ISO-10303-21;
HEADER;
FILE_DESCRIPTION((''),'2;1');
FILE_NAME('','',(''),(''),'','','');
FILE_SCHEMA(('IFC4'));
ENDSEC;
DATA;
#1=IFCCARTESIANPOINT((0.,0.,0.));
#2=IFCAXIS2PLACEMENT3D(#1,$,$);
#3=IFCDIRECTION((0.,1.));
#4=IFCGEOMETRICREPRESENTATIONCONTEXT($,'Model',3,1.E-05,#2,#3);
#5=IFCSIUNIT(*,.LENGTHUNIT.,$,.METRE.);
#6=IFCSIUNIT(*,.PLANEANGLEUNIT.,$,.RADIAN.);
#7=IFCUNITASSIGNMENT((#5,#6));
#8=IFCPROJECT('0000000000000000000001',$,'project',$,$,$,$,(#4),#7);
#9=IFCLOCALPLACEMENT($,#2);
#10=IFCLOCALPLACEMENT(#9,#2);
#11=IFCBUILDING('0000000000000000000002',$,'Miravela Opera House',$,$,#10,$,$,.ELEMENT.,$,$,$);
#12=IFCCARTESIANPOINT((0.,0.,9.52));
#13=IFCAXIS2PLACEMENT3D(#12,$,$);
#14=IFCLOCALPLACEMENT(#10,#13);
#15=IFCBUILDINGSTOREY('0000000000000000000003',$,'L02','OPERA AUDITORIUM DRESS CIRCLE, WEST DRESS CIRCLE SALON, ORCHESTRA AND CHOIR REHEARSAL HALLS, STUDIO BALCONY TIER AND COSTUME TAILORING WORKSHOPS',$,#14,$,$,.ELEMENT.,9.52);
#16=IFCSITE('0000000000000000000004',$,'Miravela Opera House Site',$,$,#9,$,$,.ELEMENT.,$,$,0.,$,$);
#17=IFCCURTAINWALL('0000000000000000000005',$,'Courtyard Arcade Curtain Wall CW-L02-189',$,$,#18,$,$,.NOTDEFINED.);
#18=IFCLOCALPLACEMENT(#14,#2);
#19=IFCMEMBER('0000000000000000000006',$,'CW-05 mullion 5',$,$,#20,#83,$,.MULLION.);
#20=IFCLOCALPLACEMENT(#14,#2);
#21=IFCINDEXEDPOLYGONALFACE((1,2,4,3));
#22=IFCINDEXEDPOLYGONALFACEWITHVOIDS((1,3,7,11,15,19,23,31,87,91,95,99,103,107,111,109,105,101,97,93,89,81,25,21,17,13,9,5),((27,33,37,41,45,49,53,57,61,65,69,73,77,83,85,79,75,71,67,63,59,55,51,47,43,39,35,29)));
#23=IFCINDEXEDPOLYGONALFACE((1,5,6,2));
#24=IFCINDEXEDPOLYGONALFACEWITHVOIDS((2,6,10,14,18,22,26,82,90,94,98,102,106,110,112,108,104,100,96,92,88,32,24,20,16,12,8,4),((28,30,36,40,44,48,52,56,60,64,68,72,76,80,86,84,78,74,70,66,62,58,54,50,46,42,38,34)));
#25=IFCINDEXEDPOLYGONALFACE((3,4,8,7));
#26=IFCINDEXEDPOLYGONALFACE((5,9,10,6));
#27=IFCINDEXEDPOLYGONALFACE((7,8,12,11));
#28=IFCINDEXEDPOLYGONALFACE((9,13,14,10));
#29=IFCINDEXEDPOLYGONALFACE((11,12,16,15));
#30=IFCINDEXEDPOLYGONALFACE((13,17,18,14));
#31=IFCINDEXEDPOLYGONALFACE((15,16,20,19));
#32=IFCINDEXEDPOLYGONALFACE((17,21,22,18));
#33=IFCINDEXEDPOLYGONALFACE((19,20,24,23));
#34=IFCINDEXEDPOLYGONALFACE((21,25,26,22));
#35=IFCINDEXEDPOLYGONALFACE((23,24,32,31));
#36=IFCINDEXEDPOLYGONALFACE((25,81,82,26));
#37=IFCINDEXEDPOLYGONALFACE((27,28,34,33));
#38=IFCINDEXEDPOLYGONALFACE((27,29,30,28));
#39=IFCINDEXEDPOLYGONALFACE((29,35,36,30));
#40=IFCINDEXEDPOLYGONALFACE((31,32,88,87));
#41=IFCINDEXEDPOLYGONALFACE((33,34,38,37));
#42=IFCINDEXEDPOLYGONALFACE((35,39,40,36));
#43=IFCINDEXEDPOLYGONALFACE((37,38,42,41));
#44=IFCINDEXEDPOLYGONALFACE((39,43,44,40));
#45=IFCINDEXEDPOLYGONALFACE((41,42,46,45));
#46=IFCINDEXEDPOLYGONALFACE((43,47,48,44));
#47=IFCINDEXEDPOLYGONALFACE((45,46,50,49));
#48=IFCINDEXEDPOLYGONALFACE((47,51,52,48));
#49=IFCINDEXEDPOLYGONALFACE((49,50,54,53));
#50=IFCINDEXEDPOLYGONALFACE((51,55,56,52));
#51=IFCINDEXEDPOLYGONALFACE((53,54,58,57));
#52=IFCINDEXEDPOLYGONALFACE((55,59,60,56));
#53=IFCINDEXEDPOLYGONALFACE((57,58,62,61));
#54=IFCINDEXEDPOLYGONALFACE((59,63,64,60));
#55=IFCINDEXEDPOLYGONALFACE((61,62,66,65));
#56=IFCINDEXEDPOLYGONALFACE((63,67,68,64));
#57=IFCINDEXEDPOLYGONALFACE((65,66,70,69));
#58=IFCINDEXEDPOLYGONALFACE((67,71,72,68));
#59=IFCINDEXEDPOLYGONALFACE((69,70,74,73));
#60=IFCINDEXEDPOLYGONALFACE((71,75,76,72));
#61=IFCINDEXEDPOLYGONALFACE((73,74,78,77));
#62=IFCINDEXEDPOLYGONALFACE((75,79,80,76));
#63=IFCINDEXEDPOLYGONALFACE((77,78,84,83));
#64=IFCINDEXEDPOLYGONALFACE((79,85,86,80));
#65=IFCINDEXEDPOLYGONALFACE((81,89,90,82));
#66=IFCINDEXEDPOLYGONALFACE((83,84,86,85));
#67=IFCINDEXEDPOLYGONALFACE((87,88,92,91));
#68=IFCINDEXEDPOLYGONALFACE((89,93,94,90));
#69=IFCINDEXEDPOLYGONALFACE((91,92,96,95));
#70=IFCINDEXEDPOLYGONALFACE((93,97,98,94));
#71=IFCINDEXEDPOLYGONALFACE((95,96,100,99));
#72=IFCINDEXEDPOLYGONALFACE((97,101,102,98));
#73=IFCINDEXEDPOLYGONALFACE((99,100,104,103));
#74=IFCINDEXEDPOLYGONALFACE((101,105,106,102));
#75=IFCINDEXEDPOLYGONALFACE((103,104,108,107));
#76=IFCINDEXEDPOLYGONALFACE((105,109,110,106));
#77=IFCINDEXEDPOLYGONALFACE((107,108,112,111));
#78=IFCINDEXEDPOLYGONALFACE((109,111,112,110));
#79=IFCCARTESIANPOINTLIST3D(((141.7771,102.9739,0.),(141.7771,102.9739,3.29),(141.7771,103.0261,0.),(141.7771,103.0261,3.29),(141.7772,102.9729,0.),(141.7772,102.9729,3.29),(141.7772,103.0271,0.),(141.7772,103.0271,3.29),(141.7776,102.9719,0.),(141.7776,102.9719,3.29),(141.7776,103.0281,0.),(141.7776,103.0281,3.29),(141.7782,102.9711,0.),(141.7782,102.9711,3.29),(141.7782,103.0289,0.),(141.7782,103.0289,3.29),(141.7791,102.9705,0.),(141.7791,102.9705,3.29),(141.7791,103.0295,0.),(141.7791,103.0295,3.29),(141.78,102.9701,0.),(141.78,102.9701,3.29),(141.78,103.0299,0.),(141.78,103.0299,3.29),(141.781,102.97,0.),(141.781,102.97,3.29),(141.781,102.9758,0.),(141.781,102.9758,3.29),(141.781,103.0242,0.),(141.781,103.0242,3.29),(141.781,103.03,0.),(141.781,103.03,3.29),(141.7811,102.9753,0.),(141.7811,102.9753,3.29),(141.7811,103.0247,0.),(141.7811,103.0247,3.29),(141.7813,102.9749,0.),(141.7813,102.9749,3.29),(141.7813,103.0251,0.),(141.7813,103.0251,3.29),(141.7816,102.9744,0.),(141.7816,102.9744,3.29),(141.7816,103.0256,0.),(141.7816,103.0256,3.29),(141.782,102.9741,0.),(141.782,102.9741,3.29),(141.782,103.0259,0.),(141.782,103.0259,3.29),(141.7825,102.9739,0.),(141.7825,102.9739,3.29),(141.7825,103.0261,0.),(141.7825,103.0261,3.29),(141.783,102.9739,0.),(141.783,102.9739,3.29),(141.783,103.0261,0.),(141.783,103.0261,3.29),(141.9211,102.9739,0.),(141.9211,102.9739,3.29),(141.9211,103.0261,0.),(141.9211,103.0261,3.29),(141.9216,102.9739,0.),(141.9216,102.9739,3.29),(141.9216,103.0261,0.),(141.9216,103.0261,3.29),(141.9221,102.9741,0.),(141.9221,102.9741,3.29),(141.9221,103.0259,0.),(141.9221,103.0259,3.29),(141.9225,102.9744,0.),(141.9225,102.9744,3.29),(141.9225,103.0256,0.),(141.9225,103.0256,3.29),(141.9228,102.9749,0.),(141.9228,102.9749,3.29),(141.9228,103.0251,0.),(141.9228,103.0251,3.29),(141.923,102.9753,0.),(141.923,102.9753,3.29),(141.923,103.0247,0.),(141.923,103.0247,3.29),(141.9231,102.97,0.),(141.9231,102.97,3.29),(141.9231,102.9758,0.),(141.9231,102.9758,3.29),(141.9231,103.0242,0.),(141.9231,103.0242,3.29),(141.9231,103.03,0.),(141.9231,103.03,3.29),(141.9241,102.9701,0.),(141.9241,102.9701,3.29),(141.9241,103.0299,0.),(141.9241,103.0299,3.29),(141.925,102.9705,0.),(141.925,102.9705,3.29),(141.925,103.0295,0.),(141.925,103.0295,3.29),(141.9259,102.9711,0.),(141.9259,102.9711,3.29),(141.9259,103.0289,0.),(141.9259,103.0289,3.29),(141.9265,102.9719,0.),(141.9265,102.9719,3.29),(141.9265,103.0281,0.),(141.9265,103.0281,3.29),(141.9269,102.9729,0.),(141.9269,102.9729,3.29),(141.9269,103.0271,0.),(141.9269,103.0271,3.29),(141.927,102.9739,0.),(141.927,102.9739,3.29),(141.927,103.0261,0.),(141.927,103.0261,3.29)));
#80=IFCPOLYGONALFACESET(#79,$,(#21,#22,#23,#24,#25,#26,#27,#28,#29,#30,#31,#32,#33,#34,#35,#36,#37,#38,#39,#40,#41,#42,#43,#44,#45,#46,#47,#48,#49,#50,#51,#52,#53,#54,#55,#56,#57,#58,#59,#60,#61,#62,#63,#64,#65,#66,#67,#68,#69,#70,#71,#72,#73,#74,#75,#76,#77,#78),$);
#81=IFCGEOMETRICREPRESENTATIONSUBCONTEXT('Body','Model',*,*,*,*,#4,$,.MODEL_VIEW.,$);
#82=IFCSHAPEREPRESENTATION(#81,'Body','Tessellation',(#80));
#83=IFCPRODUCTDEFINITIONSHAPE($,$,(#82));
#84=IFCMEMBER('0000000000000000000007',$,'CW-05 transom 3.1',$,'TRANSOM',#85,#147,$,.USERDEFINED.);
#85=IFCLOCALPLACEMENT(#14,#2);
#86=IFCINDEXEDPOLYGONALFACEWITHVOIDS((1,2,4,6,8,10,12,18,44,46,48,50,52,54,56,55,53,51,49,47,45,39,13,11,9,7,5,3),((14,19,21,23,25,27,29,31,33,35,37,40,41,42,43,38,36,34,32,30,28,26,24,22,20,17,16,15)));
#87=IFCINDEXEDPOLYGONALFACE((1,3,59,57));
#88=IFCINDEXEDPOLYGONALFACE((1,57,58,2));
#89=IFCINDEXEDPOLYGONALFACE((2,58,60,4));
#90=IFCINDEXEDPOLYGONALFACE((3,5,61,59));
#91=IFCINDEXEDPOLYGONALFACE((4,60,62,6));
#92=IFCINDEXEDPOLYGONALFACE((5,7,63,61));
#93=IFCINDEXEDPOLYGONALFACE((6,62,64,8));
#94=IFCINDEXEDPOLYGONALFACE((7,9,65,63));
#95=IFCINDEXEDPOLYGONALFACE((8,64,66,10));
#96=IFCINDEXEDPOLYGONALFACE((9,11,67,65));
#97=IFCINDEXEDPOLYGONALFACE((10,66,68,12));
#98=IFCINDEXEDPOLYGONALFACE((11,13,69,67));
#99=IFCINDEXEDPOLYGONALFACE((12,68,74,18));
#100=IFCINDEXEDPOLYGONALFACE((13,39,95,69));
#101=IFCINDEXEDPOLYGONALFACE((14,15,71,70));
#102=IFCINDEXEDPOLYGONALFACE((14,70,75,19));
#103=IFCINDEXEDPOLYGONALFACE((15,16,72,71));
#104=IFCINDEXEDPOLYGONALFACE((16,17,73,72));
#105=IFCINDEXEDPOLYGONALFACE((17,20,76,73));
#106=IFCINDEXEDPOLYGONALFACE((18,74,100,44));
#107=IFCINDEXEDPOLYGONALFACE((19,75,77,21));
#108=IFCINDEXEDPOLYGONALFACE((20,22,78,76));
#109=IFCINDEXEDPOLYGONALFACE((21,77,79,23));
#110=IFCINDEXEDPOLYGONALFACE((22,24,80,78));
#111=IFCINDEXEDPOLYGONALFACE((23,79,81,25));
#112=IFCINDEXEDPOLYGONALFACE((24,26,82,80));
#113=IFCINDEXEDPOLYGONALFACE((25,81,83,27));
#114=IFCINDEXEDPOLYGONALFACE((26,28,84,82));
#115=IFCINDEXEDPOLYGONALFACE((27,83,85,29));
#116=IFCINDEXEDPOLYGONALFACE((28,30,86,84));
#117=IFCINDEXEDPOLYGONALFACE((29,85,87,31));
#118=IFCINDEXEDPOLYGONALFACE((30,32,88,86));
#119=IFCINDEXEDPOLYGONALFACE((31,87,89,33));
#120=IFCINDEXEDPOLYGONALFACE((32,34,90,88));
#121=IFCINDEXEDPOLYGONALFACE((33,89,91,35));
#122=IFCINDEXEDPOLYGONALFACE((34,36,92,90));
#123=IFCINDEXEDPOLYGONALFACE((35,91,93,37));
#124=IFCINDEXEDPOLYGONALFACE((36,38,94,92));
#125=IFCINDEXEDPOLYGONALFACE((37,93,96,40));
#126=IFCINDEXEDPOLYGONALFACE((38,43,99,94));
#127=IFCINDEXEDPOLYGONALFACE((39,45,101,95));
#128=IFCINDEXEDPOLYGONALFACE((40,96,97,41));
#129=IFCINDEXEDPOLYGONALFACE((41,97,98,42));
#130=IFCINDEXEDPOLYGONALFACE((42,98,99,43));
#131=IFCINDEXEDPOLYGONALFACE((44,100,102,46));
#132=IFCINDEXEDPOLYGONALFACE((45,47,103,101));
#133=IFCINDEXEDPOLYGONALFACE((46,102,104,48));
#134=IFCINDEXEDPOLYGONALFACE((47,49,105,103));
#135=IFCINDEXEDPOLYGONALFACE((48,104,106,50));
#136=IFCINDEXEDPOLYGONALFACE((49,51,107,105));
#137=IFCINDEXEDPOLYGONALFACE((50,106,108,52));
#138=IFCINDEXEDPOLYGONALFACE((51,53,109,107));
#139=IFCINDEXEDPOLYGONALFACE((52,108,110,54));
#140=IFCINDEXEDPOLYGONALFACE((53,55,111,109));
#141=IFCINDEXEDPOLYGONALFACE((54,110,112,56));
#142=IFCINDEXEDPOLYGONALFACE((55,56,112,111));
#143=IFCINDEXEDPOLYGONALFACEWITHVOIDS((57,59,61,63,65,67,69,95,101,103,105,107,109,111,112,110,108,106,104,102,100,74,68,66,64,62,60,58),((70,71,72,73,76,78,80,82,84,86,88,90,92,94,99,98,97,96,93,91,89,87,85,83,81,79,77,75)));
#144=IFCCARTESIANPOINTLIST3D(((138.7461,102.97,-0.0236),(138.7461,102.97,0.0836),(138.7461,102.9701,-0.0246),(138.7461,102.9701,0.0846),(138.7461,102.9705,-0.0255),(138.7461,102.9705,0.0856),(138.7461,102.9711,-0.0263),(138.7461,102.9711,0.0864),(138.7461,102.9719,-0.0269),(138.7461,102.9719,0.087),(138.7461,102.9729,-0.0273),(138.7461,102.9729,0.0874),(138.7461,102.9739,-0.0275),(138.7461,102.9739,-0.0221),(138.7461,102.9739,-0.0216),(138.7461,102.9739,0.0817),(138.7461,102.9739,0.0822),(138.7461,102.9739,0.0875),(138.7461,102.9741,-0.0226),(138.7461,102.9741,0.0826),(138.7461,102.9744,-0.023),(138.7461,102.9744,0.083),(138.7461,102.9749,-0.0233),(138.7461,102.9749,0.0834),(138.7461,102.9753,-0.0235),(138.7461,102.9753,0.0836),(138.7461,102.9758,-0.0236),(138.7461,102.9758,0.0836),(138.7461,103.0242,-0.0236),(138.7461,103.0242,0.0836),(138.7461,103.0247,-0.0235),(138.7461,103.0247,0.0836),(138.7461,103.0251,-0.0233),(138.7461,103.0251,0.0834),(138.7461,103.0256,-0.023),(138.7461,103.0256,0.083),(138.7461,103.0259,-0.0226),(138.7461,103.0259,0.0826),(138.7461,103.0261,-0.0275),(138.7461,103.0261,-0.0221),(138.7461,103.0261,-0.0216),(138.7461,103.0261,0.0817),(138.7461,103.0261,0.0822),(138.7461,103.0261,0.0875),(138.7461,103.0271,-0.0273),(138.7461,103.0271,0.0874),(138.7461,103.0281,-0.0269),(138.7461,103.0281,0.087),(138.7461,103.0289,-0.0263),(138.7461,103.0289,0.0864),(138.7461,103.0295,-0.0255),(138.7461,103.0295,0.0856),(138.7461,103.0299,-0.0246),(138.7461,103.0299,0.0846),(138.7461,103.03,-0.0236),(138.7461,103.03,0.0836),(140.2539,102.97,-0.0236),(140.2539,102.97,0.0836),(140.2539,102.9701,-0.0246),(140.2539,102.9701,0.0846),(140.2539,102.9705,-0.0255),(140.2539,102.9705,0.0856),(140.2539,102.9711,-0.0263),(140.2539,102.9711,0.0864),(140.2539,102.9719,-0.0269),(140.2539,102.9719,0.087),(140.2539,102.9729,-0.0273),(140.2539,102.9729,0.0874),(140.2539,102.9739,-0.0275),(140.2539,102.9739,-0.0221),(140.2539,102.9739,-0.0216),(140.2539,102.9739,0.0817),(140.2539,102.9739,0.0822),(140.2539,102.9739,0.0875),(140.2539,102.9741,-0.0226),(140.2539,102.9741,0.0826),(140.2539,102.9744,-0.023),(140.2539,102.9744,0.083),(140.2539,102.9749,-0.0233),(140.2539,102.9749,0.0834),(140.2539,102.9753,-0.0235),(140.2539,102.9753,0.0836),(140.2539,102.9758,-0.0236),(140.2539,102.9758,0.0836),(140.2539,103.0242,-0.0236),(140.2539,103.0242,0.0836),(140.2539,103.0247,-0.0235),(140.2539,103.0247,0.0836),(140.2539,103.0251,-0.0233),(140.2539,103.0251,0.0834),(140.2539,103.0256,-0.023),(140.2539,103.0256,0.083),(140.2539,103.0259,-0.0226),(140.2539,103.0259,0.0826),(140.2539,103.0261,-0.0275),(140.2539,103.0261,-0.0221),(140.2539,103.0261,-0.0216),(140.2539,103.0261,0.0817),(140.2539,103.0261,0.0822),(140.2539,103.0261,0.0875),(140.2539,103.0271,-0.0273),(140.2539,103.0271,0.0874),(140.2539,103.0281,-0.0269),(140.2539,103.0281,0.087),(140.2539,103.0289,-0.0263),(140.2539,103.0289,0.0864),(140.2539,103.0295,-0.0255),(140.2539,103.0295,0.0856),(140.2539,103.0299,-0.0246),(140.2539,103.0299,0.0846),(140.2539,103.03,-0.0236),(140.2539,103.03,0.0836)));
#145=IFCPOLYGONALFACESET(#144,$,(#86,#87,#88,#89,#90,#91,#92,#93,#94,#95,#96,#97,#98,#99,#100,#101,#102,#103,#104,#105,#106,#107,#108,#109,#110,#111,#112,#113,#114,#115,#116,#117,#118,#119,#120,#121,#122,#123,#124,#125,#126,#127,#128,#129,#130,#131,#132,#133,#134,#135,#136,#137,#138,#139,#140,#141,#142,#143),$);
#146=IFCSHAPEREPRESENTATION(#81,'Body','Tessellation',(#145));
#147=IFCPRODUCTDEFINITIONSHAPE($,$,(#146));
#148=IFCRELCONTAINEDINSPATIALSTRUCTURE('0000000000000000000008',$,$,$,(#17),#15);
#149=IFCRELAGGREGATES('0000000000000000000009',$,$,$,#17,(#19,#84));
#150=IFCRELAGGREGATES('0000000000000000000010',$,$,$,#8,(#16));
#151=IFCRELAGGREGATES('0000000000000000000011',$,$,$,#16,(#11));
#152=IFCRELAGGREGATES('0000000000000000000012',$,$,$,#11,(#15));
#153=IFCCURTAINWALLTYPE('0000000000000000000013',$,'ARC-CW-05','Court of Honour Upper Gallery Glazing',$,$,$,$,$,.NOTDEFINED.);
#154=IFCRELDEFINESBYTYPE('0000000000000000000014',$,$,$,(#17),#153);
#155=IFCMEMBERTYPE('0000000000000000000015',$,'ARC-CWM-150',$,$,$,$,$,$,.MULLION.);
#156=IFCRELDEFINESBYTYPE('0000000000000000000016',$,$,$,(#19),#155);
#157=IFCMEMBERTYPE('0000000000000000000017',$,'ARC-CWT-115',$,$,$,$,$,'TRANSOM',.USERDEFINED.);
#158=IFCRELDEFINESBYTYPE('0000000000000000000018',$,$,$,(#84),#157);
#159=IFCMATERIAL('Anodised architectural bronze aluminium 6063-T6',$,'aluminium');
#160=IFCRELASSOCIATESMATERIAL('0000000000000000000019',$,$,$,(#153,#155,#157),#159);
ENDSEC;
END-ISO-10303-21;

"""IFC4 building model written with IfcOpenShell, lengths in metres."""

from ifc_helpers import new_model, si_unit, direction, frame, origin, origin_2d, place, context, subcontext, project, spatial, hollow_rectangle, extrude, material, material_profile, profile_set, type_object, element, aggregate, save


model = new_model("IFC4")

# Units and contexts
model_context = context("Model", 3, precision=1e-05, world=origin(), true_north=direction((0.0, 1.0)))
body_context = subcontext(model_context, "Body", "Model", "MODEL_VIEW")
ifc_project = project(units=[si_unit("LENGTHUNIT", "METRE"), si_unit("PLANEANGLEUNIT", "RADIAN")], contexts=[model_context])

# Site, building, storey
site_placement = place(None, origin())
site = spatial("IfcSite", under=ifc_project, at=site_placement, Name="Miravela Opera House Site", CompositionType="ELEMENT", RefElevation=0.0)
building_placement = place(site_placement, origin())
building = spatial("IfcBuilding", under=site, at=building_placement, Name="Miravela Opera House", CompositionType="ELEMENT")
storey_placement = place(building_placement, frame((0.0, 0.0, 9.52)))
storey = spatial("IfcBuildingStorey", under=building, at=storey_placement, Name="L02", Description="OPERA AUDITORIUM DRESS CIRCLE, WEST DRESS CIRCLE SALON, ORCHESTRA AND CHOIR REHEARSAL HALLS, STUDIO BALCONY TIER AND COSTUME TAILORING WORKSHOPS", CompositionType="ELEMENT", Elevation=9.52)

# Curtain wall, members
ifc_material_1 = material(Name="Anodised architectural bronze aluminium 6063-T6", Category="aluminium")
curtain_wall_type = type_object("IfcCurtainWallType", Name="ARC-CW-05", Description="Court of Honour Upper Gallery Glazing", PredefinedType="NOTDEFINED", material=ifc_material_1)
curtain_wall_placement = place(storey_placement, origin())
curtain_wall = element("IfcCurtainWall", 1, at=curtain_wall_placement, inside=storey, type_object=curtain_wall_type, Name="Courtyard Arcade Curtain Wall CW-L02-189", PredefinedType="NOTDEFINED")
ifc_material_profile_1 = material_profile(ifc_material_1, hollow_rectangle(XDim=0.0601, YDim=0.1499, WallThickness=0.0039, InnerFilletRadius=0.002, OuterFilletRadius=0.0039, at=origin_2d()), Name="CWM-60X150")
ifc_profile_set_1 = profile_set([ifc_material_profile_1])
member_type_1 = type_object("IfcMemberType", Name="ARC-CWM-150", PredefinedType="MULLION", material=ifc_profile_set_1)
member_1_placement = place(storey_placement, frame((141.8521, 103.0, 0.0), z_axis=(0.0, 0.0, 1.0), x_axis=(0.0, 1.0, 0.0)))
member_1 = element("IfcMember", 2, at=member_1_placement, type_object=member_type_1, Name="CW-05 mullion 5", PredefinedType="MULLION", context=body_context, shape_type="SweptSolid", body=[
    extrude(hollow_rectangle(XDim=0.0601, YDim=0.1499, WallThickness=0.0039, InnerFilletRadius=0.002, OuterFilletRadius=0.0039, at=origin_2d()), origin(), (0.0, 0.0, 1.0), 3.29),
])
ifc_material_profile_2 = material_profile(ifc_material_1, hollow_rectangle(XDim=0.0601, YDim=0.115, WallThickness=0.0039, InnerFilletRadius=0.002, OuterFilletRadius=0.0039, at=origin_2d()), Name="CWT-60X115")
ifc_profile_set_2 = profile_set([ifc_material_profile_2])
member_type_2 = type_object("IfcMemberType", Name="ARC-CWT-115", ElementType="TRANSOM", PredefinedType="USERDEFINED", material=ifc_profile_set_2)
member_2_placement = place(storey_placement, frame((138.7461, 103.0, 0.03), z_axis=(1.0, 0.0, 0.0), x_axis=(0.0, 1.0, 0.0)))
member_2 = element("IfcMember", 3, at=member_2_placement, type_object=member_type_2, Name="CW-05 transom 3.1", ObjectType="TRANSOM", PredefinedType="USERDEFINED", context=body_context, shape_type="SweptSolid", body=[
    extrude(hollow_rectangle(XDim=0.0601, YDim=0.115, WallThickness=0.0039, InnerFilletRadius=0.002, OuterFilletRadius=0.0039, at=origin_2d()), origin(), (0.0, 0.0, 1.0), 1.5078),
])

aggregate(curtain_wall, [member_1, member_2])

save(model, "model.ifc")
